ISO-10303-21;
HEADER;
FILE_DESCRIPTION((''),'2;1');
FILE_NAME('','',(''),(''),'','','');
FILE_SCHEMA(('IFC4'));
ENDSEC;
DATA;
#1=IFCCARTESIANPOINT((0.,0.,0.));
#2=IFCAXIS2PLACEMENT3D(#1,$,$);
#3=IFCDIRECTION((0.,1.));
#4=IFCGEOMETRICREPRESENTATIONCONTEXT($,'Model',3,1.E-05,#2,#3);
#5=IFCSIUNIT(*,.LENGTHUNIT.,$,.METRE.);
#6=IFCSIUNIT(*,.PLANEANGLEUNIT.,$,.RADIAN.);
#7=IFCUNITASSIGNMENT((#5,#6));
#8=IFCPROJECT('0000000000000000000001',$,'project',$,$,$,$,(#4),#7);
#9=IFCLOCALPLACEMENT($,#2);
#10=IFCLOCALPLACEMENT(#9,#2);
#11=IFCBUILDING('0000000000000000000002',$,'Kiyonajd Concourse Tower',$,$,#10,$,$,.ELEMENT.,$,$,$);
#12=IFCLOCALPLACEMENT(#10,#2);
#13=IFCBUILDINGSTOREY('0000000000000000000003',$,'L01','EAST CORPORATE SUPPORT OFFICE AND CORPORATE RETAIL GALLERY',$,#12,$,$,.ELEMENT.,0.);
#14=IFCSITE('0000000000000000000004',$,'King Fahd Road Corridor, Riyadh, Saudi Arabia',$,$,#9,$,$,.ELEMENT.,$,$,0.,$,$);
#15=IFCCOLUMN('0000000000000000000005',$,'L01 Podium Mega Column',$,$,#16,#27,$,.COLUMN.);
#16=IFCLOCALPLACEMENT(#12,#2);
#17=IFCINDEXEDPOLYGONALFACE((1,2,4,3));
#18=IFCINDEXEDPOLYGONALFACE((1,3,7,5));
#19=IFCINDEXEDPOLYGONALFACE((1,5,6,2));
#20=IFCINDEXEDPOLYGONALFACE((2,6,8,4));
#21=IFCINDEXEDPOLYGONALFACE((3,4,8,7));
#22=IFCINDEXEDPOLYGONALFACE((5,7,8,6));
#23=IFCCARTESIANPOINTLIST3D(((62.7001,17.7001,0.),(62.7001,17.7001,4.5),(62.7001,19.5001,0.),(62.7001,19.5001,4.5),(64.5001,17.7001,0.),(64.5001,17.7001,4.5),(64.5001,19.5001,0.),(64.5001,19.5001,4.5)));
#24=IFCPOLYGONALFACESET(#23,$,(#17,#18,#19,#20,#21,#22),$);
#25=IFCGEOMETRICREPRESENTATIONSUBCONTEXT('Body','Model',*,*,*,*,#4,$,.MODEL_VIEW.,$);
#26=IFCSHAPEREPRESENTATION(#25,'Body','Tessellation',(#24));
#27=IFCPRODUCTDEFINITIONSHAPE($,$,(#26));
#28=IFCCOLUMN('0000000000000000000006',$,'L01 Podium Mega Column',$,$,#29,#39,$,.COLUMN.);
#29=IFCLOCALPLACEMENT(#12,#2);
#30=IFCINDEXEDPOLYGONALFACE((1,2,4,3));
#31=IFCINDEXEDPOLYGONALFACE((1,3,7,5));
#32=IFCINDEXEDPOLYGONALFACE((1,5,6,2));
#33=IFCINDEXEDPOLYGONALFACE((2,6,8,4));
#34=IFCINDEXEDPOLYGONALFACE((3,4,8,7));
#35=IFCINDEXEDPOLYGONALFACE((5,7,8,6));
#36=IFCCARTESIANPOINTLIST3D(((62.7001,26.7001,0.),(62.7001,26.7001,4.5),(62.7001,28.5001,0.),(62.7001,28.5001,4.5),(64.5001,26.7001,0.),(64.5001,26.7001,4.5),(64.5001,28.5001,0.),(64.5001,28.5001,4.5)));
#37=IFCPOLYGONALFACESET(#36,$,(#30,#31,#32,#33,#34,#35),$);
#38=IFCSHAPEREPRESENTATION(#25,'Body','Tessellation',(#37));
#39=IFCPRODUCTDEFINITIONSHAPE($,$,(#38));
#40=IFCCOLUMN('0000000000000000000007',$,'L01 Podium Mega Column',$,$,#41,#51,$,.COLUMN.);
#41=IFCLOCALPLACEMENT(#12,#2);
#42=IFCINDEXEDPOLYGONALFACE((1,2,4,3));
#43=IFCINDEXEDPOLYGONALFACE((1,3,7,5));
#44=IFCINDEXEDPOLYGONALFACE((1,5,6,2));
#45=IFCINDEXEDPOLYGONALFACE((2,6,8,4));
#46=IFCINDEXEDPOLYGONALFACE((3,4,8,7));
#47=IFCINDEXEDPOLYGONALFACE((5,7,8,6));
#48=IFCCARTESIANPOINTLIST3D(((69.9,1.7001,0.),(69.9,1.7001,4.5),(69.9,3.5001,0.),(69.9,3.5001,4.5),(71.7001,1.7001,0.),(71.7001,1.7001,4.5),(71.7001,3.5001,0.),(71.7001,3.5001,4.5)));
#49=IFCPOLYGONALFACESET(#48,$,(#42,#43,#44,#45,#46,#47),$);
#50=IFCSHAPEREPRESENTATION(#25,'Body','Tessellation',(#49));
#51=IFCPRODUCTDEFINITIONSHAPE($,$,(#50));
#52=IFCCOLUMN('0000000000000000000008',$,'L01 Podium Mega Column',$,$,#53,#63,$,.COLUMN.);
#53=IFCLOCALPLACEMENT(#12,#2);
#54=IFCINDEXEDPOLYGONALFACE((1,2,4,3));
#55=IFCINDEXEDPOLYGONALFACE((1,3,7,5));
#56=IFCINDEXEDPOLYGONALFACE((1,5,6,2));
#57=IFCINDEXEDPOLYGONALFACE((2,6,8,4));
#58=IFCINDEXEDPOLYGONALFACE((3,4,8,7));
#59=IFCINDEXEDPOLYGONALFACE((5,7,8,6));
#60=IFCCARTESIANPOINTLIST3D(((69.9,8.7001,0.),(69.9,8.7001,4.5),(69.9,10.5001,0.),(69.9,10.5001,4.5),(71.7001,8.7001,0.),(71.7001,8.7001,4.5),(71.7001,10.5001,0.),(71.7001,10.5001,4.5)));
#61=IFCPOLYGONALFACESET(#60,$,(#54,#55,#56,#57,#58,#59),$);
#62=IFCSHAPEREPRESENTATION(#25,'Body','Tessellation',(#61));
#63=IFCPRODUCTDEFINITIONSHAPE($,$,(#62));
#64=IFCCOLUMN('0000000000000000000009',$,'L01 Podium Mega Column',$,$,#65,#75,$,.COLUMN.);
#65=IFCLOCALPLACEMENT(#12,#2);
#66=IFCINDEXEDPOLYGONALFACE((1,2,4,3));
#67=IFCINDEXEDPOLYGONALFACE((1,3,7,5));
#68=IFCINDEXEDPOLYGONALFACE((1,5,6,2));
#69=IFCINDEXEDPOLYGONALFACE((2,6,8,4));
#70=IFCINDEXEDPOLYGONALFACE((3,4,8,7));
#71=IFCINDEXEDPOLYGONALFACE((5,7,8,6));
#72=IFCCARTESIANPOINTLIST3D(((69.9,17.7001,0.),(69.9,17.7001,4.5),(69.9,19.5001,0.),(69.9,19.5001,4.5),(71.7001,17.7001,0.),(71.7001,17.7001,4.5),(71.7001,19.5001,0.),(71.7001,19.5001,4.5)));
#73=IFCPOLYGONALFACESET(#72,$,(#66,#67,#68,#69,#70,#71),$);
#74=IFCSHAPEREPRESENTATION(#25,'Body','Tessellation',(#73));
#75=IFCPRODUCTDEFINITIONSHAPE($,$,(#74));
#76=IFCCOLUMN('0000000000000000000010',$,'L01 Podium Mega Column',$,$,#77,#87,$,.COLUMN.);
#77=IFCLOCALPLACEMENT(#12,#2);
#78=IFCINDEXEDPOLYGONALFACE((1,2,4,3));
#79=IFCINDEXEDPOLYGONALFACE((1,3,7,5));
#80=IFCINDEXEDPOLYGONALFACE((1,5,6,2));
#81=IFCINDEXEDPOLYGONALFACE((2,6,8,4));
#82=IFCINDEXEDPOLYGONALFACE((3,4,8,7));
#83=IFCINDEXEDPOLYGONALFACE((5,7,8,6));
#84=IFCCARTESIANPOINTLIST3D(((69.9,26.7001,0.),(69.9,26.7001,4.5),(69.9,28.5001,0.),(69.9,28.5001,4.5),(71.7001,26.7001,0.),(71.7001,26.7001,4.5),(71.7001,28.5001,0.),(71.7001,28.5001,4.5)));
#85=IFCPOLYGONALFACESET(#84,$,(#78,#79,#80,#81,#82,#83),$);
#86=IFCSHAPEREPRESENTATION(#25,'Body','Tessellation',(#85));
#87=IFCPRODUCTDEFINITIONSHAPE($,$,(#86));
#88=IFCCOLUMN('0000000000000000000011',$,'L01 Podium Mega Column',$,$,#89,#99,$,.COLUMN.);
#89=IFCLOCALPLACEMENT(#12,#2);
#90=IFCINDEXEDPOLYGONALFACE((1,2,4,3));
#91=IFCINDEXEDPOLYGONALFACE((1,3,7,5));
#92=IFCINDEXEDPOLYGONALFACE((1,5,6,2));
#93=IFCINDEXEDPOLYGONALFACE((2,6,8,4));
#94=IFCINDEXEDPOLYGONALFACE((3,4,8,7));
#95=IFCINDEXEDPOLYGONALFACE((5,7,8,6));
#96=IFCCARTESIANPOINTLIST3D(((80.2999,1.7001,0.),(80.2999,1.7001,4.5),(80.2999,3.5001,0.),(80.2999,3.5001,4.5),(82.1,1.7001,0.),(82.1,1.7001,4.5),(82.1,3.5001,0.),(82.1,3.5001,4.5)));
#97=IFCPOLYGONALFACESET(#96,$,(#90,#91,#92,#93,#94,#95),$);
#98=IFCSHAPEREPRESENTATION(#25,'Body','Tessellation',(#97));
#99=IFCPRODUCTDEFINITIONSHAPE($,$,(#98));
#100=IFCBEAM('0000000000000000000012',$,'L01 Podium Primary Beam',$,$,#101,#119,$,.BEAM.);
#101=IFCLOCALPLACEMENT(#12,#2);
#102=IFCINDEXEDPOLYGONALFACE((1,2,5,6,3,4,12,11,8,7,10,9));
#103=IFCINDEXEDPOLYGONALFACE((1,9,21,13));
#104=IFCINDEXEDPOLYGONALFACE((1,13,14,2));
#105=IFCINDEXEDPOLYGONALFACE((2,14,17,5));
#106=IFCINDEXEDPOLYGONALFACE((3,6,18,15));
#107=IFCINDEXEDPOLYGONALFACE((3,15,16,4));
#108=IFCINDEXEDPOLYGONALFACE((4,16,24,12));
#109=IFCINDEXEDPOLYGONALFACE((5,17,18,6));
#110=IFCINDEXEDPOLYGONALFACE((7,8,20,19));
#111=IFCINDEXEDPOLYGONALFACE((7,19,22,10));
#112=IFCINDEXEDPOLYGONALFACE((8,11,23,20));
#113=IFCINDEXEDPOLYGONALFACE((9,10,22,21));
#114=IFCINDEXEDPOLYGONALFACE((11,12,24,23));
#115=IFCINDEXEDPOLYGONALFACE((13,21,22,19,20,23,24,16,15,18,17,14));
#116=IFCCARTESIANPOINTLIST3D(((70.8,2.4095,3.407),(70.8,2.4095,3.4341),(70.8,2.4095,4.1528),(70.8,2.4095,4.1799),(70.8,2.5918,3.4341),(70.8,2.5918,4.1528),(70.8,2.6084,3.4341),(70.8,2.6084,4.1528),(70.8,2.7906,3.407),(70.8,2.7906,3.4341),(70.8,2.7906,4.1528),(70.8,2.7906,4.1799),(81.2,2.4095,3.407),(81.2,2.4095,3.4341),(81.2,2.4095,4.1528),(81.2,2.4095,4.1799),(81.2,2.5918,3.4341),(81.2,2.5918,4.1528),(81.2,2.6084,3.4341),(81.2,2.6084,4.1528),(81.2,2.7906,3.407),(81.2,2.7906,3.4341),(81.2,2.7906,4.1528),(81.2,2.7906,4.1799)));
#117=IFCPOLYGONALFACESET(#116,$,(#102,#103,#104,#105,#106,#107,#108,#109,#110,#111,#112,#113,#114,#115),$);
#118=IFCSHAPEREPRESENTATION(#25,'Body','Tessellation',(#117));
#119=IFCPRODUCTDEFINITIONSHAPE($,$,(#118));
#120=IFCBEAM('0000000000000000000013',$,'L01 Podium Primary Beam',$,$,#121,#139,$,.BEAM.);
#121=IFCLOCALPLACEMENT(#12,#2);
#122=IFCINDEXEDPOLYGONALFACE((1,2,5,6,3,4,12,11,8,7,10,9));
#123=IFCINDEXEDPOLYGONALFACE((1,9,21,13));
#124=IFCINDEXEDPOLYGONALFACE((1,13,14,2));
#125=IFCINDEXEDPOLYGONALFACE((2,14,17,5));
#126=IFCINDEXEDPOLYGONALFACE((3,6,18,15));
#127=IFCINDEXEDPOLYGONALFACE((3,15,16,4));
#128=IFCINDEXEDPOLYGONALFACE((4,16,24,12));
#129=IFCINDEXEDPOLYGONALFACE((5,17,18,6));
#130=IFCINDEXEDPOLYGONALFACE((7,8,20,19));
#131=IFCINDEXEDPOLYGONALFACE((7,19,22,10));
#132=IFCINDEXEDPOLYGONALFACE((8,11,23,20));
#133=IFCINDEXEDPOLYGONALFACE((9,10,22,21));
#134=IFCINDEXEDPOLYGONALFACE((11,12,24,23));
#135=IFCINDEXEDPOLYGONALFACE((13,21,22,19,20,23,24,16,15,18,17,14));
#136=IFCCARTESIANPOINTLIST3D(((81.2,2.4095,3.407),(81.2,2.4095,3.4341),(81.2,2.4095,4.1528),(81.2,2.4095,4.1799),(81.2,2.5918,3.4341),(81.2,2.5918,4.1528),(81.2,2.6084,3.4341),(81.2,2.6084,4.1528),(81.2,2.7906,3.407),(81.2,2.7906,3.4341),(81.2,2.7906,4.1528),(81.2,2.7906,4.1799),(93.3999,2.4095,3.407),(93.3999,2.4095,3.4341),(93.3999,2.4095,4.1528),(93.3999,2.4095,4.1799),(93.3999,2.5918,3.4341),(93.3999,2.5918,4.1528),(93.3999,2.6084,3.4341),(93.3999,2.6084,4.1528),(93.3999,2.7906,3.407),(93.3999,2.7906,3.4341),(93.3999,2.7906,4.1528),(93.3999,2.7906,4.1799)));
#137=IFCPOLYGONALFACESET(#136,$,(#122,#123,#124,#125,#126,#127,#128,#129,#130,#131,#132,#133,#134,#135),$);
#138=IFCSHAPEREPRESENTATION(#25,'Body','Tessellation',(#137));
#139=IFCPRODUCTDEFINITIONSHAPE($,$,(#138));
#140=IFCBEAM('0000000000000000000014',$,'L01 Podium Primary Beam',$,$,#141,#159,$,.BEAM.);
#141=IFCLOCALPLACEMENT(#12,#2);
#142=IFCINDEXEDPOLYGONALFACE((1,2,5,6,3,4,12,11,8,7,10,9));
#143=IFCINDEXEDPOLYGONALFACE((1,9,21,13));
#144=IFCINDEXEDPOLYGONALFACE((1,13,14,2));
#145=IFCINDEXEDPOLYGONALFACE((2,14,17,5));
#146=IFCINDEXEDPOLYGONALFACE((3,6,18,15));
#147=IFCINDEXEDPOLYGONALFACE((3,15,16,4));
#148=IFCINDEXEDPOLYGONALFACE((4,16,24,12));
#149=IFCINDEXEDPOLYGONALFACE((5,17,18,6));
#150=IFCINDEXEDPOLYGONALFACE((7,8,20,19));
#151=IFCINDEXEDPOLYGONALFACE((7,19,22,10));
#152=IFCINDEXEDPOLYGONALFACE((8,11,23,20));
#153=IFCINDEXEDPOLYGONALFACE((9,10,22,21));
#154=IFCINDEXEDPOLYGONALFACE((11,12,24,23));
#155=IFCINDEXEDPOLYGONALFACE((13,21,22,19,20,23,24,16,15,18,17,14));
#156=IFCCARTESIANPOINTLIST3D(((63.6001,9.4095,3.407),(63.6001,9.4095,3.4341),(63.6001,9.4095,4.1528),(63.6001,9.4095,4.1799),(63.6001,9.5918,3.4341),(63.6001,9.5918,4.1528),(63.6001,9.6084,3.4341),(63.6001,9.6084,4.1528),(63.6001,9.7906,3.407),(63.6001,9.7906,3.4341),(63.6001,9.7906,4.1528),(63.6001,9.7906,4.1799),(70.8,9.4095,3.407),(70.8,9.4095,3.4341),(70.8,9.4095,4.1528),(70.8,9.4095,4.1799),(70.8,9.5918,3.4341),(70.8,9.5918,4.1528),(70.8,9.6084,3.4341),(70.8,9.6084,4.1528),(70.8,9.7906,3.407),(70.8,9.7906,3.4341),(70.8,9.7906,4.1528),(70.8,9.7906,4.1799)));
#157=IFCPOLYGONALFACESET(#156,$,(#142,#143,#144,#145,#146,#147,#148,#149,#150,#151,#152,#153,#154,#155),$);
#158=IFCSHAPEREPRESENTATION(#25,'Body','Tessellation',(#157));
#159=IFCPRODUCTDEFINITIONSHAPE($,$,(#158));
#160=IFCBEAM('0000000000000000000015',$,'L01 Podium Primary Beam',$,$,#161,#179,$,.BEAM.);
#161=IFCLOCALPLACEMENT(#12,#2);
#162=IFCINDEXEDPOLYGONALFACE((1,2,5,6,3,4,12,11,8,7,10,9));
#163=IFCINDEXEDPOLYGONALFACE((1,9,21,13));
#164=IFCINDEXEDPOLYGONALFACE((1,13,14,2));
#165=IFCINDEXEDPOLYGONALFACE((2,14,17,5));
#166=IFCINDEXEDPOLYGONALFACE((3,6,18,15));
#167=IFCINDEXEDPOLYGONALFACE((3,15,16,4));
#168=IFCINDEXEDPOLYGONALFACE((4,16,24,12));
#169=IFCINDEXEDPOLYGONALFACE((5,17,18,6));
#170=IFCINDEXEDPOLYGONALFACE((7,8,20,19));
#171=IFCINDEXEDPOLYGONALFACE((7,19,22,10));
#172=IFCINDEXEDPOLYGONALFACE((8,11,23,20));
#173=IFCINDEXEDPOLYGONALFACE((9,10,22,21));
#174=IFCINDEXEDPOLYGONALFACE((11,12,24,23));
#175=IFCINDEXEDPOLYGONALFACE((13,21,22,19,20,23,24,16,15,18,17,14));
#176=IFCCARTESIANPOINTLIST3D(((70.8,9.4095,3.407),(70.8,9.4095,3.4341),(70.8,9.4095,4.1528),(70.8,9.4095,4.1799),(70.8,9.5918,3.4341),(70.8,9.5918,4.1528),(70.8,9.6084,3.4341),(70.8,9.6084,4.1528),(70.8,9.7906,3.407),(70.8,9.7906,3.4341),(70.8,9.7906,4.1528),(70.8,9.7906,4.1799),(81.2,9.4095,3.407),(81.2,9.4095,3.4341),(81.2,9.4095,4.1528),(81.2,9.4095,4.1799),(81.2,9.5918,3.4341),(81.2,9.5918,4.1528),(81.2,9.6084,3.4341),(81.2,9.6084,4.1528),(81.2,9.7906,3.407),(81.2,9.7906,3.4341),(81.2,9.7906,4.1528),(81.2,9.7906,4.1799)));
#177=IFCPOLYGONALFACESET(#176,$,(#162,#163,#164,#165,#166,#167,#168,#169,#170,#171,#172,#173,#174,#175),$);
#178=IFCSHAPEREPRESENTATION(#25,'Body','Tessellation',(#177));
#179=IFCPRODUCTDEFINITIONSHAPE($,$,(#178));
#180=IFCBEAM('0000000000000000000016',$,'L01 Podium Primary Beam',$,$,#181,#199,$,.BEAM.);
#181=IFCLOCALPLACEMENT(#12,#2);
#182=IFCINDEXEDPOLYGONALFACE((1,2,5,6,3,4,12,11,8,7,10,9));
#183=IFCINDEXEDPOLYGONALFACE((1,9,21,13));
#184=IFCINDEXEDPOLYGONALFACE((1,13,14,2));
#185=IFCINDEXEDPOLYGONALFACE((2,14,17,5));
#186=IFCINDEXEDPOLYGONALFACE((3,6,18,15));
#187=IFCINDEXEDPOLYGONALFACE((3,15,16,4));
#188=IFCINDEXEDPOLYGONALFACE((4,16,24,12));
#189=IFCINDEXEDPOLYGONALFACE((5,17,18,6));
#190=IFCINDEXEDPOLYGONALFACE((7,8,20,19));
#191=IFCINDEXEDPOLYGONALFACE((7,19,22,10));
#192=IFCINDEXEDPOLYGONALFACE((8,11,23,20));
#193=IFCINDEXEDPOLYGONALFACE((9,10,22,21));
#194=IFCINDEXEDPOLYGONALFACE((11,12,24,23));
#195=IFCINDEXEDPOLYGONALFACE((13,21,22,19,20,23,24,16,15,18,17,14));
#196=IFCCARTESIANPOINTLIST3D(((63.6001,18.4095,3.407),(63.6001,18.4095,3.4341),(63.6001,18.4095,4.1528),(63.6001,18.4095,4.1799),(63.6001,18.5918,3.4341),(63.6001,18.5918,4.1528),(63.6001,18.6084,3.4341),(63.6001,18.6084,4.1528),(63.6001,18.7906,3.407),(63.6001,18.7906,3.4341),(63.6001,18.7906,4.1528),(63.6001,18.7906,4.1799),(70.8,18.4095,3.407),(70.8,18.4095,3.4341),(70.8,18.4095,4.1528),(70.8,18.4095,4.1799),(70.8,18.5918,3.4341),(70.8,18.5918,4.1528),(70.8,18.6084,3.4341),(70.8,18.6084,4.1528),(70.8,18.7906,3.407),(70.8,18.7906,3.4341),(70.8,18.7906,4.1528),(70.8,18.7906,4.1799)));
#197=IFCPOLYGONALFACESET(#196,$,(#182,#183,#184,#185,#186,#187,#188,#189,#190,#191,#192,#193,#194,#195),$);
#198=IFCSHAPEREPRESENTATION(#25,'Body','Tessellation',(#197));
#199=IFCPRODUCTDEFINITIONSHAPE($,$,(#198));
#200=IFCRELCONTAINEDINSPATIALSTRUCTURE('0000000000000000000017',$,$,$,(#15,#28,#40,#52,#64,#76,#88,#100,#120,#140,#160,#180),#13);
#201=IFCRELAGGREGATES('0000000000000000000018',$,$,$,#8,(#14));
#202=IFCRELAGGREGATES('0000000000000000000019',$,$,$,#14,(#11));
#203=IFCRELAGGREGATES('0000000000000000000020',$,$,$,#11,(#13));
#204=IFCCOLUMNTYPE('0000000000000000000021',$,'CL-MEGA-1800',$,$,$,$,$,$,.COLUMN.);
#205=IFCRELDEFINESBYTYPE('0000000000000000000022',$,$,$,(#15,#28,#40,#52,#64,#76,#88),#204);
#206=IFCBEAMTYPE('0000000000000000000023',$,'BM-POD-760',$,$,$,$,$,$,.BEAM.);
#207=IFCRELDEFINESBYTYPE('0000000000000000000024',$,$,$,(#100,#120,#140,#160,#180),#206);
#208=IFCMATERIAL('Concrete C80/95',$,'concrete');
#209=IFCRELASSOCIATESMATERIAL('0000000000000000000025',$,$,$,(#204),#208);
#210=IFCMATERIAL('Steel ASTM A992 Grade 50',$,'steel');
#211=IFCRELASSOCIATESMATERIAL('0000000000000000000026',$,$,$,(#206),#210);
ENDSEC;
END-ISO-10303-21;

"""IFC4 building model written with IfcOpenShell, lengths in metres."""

from ifc_helpers import new_model, si_unit, direction, frame, origin, origin_2d, place, context, subcontext, project, spatial, rectangle, i_section, extrude, material, material_profile, profile_set, type_object, element, save


model = new_model("IFC4")

# Units and contexts
model_context = context("Model", 3, precision=1e-05, world=origin(), true_north=direction((0.0, 1.0)))
body_context = subcontext(model_context, "Body", "Model", "MODEL_VIEW")
ifc_project = project(units=[si_unit("LENGTHUNIT", "METRE"), si_unit("PLANEANGLEUNIT", "RADIAN")], contexts=[model_context])

# Site, building, storey
site_placement = place(None, origin())
site = spatial("IfcSite", under=ifc_project, at=site_placement, Name="King Fahd Road Corridor, Riyadh, Saudi Arabia", CompositionType="ELEMENT", RefElevation=0.0)
building_placement = place(site_placement, origin())
building = spatial("IfcBuilding", under=site, at=building_placement, Name="Kiyonajd Concourse Tower", CompositionType="ELEMENT")
storey_placement = place(building_placement, origin())
storey = spatial("IfcBuildingStorey", under=building, at=storey_placement, Name="L01", Description="EAST CORPORATE SUPPORT OFFICE AND CORPORATE RETAIL GALLERY", CompositionType="ELEMENT", Elevation=0.0)

# Columns
ifc_material_1 = material(Name="Concrete C80/95", Category="concrete")
ifc_material_profile_1 = material_profile(ifc_material_1, rectangle(XDim=1.8, YDim=1.8, at=origin_2d()), Name="RC-1800x1800")
ifc_profile_set_1 = profile_set([ifc_material_profile_1], Name="Concrete C80/95")
column_type = type_object("IfcColumnType", Name="CL-MEGA-1800", PredefinedType="COLUMN", material=ifc_profile_set_1)
for number, where, z_axis, x_axis, name in (
    (1, (63.6001, 18.6001, 0.0), (0.0, 0.0, 1.0), (1.0, 0.0, 0.0), "L01 Podium Mega Column"),
    (2, (63.6001, 27.6001, 0.0), (0.0, 0.0, 1.0), (1.0, 0.0, 0.0), "L01 Podium Mega Column"),
    (3, (70.8, 2.6001, 0.0), (0.0, 0.0, 1.0), (1.0, 0.0, 0.0), "L01 Podium Mega Column"),
    (4, (70.8, 9.6001, 0.0), (0.0, 0.0, 1.0), (1.0, 0.0, 0.0), "L01 Podium Mega Column"),
    (5, (70.8, 18.6001, 0.0), (0.0, 0.0, 1.0), (1.0, 0.0, 0.0), "L01 Podium Mega Column"),
    (6, (70.8, 27.6001, 0.0), (0.0, 0.0, 1.0), (1.0, 0.0, 0.0), "L01 Podium Mega Column"),
    (7, (81.2, 2.6001, 0.0), (0.0, 0.0, 1.0), (1.0, 0.0, 0.0), "L01 Podium Mega Column"),
):
    element("IfcColumn", number, at=place(storey_placement, frame(where, z_axis=z_axis, x_axis=x_axis)), inside=storey, type_object=column_type, Name=name, PredefinedType="COLUMN", context=body_context, shape_type="SweptSolid", body=[
        extrude(rectangle(XDim=1.8, YDim=1.8, at=origin_2d()), origin(), (0.0, 0.0, 1.0), 4.5),
    ])

# Beams
ifc_material_2 = material(Name="Steel ASTM A992 Grade 50", Category="steel")
ifc_material_profile_2 = material_profile(ifc_material_2, i_section(OverallWidth=0.3811, OverallDepth=0.7729, WebThickness=0.0166, FlangeThickness=0.0271, at=origin_2d()), Name="W760X257")
ifc_profile_set_2 = profile_set([ifc_material_profile_2], Name="Steel ASTM A992 Grade 50")
beam_type_1 = type_object("IfcBeamType", Name="BM-POD-760", PredefinedType="BEAM", material=ifc_profile_set_2)
beam_1_placement = place(storey_placement, frame((70.8, 2.6001, 3.7935), z_axis=(1.0, 0.0, 0.0), x_axis=(0.0, 1.0, 0.0)))
element("IfcBeam", 8, at=beam_1_placement, inside=storey, type_object=beam_type_1, Name="L01 Podium Primary Beam", PredefinedType="BEAM", context=body_context, shape_type="SweptSolid", body=[
    extrude(i_section(OverallWidth=0.3811, OverallDepth=0.7729, WebThickness=0.0166, FlangeThickness=0.0271, at=origin_2d()), origin(), (0.0, 0.0, 1.0), 10.3999),
])
beam_2_placement = place(storey_placement, frame((81.2, 2.6001, 3.7935), z_axis=(1.0, 0.0, 0.0), x_axis=(0.0, 1.0, 0.0)))
element("IfcBeam", 9, at=beam_2_placement, inside=storey, type_object=beam_type_1, Name="L01 Podium Primary Beam", PredefinedType="BEAM", context=body_context, shape_type="SweptSolid", body=[
    extrude(i_section(OverallWidth=0.3811, OverallDepth=0.7729, WebThickness=0.0166, FlangeThickness=0.0271, at=origin_2d()), origin(), (0.0, 0.0, 1.0), 12.2),
])
beam_3_placement = place(storey_placement, frame((63.6001, 9.6001, 3.7935), z_axis=(1.0, 0.0, 0.0), x_axis=(0.0, 1.0, 0.0)))
element("IfcBeam", 10, at=beam_3_placement, inside=storey, type_object=beam_type_1, Name="L01 Podium Primary Beam", PredefinedType="BEAM", context=body_context, shape_type="SweptSolid", body=[
    extrude(i_section(OverallWidth=0.3811, OverallDepth=0.7729, WebThickness=0.0166, FlangeThickness=0.0271, at=origin_2d()), origin(), (0.0, 0.0, 1.0), 7.2),
])
beam_4_placement = place(storey_placement, frame((70.8, 9.6001, 3.7935), z_axis=(1.0, 0.0, 0.0), x_axis=(0.0, 1.0, 0.0)))
element("IfcBeam", 11, at=beam_4_placement, inside=storey, type_object=beam_type_1, Name="L01 Podium Primary Beam", PredefinedType="BEAM", context=body_context, shape_type="SweptSolid", body=[
    extrude(i_section(OverallWidth=0.3811, OverallDepth=0.7729, WebThickness=0.0166, FlangeThickness=0.0271, at=origin_2d()), origin(), (0.0, 0.0, 1.0), 10.3999),
])
beam_5_placement = place(storey_placement, frame((63.6001, 18.6001, 3.7935), z_axis=(1.0, 0.0, 0.0), x_axis=(0.0, 1.0, 0.0)))
element("IfcBeam", 12, at=beam_5_placement, inside=storey, type_object=beam_type_1, Name="L01 Podium Primary Beam", PredefinedType="BEAM", context=body_context, shape_type="SweptSolid", body=[
    extrude(i_section(OverallWidth=0.3811, OverallDepth=0.7729, WebThickness=0.0166, FlangeThickness=0.0271, at=origin_2d()), origin(), (0.0, 0.0, 1.0), 7.2),
])

save(model, "model.ifc")
